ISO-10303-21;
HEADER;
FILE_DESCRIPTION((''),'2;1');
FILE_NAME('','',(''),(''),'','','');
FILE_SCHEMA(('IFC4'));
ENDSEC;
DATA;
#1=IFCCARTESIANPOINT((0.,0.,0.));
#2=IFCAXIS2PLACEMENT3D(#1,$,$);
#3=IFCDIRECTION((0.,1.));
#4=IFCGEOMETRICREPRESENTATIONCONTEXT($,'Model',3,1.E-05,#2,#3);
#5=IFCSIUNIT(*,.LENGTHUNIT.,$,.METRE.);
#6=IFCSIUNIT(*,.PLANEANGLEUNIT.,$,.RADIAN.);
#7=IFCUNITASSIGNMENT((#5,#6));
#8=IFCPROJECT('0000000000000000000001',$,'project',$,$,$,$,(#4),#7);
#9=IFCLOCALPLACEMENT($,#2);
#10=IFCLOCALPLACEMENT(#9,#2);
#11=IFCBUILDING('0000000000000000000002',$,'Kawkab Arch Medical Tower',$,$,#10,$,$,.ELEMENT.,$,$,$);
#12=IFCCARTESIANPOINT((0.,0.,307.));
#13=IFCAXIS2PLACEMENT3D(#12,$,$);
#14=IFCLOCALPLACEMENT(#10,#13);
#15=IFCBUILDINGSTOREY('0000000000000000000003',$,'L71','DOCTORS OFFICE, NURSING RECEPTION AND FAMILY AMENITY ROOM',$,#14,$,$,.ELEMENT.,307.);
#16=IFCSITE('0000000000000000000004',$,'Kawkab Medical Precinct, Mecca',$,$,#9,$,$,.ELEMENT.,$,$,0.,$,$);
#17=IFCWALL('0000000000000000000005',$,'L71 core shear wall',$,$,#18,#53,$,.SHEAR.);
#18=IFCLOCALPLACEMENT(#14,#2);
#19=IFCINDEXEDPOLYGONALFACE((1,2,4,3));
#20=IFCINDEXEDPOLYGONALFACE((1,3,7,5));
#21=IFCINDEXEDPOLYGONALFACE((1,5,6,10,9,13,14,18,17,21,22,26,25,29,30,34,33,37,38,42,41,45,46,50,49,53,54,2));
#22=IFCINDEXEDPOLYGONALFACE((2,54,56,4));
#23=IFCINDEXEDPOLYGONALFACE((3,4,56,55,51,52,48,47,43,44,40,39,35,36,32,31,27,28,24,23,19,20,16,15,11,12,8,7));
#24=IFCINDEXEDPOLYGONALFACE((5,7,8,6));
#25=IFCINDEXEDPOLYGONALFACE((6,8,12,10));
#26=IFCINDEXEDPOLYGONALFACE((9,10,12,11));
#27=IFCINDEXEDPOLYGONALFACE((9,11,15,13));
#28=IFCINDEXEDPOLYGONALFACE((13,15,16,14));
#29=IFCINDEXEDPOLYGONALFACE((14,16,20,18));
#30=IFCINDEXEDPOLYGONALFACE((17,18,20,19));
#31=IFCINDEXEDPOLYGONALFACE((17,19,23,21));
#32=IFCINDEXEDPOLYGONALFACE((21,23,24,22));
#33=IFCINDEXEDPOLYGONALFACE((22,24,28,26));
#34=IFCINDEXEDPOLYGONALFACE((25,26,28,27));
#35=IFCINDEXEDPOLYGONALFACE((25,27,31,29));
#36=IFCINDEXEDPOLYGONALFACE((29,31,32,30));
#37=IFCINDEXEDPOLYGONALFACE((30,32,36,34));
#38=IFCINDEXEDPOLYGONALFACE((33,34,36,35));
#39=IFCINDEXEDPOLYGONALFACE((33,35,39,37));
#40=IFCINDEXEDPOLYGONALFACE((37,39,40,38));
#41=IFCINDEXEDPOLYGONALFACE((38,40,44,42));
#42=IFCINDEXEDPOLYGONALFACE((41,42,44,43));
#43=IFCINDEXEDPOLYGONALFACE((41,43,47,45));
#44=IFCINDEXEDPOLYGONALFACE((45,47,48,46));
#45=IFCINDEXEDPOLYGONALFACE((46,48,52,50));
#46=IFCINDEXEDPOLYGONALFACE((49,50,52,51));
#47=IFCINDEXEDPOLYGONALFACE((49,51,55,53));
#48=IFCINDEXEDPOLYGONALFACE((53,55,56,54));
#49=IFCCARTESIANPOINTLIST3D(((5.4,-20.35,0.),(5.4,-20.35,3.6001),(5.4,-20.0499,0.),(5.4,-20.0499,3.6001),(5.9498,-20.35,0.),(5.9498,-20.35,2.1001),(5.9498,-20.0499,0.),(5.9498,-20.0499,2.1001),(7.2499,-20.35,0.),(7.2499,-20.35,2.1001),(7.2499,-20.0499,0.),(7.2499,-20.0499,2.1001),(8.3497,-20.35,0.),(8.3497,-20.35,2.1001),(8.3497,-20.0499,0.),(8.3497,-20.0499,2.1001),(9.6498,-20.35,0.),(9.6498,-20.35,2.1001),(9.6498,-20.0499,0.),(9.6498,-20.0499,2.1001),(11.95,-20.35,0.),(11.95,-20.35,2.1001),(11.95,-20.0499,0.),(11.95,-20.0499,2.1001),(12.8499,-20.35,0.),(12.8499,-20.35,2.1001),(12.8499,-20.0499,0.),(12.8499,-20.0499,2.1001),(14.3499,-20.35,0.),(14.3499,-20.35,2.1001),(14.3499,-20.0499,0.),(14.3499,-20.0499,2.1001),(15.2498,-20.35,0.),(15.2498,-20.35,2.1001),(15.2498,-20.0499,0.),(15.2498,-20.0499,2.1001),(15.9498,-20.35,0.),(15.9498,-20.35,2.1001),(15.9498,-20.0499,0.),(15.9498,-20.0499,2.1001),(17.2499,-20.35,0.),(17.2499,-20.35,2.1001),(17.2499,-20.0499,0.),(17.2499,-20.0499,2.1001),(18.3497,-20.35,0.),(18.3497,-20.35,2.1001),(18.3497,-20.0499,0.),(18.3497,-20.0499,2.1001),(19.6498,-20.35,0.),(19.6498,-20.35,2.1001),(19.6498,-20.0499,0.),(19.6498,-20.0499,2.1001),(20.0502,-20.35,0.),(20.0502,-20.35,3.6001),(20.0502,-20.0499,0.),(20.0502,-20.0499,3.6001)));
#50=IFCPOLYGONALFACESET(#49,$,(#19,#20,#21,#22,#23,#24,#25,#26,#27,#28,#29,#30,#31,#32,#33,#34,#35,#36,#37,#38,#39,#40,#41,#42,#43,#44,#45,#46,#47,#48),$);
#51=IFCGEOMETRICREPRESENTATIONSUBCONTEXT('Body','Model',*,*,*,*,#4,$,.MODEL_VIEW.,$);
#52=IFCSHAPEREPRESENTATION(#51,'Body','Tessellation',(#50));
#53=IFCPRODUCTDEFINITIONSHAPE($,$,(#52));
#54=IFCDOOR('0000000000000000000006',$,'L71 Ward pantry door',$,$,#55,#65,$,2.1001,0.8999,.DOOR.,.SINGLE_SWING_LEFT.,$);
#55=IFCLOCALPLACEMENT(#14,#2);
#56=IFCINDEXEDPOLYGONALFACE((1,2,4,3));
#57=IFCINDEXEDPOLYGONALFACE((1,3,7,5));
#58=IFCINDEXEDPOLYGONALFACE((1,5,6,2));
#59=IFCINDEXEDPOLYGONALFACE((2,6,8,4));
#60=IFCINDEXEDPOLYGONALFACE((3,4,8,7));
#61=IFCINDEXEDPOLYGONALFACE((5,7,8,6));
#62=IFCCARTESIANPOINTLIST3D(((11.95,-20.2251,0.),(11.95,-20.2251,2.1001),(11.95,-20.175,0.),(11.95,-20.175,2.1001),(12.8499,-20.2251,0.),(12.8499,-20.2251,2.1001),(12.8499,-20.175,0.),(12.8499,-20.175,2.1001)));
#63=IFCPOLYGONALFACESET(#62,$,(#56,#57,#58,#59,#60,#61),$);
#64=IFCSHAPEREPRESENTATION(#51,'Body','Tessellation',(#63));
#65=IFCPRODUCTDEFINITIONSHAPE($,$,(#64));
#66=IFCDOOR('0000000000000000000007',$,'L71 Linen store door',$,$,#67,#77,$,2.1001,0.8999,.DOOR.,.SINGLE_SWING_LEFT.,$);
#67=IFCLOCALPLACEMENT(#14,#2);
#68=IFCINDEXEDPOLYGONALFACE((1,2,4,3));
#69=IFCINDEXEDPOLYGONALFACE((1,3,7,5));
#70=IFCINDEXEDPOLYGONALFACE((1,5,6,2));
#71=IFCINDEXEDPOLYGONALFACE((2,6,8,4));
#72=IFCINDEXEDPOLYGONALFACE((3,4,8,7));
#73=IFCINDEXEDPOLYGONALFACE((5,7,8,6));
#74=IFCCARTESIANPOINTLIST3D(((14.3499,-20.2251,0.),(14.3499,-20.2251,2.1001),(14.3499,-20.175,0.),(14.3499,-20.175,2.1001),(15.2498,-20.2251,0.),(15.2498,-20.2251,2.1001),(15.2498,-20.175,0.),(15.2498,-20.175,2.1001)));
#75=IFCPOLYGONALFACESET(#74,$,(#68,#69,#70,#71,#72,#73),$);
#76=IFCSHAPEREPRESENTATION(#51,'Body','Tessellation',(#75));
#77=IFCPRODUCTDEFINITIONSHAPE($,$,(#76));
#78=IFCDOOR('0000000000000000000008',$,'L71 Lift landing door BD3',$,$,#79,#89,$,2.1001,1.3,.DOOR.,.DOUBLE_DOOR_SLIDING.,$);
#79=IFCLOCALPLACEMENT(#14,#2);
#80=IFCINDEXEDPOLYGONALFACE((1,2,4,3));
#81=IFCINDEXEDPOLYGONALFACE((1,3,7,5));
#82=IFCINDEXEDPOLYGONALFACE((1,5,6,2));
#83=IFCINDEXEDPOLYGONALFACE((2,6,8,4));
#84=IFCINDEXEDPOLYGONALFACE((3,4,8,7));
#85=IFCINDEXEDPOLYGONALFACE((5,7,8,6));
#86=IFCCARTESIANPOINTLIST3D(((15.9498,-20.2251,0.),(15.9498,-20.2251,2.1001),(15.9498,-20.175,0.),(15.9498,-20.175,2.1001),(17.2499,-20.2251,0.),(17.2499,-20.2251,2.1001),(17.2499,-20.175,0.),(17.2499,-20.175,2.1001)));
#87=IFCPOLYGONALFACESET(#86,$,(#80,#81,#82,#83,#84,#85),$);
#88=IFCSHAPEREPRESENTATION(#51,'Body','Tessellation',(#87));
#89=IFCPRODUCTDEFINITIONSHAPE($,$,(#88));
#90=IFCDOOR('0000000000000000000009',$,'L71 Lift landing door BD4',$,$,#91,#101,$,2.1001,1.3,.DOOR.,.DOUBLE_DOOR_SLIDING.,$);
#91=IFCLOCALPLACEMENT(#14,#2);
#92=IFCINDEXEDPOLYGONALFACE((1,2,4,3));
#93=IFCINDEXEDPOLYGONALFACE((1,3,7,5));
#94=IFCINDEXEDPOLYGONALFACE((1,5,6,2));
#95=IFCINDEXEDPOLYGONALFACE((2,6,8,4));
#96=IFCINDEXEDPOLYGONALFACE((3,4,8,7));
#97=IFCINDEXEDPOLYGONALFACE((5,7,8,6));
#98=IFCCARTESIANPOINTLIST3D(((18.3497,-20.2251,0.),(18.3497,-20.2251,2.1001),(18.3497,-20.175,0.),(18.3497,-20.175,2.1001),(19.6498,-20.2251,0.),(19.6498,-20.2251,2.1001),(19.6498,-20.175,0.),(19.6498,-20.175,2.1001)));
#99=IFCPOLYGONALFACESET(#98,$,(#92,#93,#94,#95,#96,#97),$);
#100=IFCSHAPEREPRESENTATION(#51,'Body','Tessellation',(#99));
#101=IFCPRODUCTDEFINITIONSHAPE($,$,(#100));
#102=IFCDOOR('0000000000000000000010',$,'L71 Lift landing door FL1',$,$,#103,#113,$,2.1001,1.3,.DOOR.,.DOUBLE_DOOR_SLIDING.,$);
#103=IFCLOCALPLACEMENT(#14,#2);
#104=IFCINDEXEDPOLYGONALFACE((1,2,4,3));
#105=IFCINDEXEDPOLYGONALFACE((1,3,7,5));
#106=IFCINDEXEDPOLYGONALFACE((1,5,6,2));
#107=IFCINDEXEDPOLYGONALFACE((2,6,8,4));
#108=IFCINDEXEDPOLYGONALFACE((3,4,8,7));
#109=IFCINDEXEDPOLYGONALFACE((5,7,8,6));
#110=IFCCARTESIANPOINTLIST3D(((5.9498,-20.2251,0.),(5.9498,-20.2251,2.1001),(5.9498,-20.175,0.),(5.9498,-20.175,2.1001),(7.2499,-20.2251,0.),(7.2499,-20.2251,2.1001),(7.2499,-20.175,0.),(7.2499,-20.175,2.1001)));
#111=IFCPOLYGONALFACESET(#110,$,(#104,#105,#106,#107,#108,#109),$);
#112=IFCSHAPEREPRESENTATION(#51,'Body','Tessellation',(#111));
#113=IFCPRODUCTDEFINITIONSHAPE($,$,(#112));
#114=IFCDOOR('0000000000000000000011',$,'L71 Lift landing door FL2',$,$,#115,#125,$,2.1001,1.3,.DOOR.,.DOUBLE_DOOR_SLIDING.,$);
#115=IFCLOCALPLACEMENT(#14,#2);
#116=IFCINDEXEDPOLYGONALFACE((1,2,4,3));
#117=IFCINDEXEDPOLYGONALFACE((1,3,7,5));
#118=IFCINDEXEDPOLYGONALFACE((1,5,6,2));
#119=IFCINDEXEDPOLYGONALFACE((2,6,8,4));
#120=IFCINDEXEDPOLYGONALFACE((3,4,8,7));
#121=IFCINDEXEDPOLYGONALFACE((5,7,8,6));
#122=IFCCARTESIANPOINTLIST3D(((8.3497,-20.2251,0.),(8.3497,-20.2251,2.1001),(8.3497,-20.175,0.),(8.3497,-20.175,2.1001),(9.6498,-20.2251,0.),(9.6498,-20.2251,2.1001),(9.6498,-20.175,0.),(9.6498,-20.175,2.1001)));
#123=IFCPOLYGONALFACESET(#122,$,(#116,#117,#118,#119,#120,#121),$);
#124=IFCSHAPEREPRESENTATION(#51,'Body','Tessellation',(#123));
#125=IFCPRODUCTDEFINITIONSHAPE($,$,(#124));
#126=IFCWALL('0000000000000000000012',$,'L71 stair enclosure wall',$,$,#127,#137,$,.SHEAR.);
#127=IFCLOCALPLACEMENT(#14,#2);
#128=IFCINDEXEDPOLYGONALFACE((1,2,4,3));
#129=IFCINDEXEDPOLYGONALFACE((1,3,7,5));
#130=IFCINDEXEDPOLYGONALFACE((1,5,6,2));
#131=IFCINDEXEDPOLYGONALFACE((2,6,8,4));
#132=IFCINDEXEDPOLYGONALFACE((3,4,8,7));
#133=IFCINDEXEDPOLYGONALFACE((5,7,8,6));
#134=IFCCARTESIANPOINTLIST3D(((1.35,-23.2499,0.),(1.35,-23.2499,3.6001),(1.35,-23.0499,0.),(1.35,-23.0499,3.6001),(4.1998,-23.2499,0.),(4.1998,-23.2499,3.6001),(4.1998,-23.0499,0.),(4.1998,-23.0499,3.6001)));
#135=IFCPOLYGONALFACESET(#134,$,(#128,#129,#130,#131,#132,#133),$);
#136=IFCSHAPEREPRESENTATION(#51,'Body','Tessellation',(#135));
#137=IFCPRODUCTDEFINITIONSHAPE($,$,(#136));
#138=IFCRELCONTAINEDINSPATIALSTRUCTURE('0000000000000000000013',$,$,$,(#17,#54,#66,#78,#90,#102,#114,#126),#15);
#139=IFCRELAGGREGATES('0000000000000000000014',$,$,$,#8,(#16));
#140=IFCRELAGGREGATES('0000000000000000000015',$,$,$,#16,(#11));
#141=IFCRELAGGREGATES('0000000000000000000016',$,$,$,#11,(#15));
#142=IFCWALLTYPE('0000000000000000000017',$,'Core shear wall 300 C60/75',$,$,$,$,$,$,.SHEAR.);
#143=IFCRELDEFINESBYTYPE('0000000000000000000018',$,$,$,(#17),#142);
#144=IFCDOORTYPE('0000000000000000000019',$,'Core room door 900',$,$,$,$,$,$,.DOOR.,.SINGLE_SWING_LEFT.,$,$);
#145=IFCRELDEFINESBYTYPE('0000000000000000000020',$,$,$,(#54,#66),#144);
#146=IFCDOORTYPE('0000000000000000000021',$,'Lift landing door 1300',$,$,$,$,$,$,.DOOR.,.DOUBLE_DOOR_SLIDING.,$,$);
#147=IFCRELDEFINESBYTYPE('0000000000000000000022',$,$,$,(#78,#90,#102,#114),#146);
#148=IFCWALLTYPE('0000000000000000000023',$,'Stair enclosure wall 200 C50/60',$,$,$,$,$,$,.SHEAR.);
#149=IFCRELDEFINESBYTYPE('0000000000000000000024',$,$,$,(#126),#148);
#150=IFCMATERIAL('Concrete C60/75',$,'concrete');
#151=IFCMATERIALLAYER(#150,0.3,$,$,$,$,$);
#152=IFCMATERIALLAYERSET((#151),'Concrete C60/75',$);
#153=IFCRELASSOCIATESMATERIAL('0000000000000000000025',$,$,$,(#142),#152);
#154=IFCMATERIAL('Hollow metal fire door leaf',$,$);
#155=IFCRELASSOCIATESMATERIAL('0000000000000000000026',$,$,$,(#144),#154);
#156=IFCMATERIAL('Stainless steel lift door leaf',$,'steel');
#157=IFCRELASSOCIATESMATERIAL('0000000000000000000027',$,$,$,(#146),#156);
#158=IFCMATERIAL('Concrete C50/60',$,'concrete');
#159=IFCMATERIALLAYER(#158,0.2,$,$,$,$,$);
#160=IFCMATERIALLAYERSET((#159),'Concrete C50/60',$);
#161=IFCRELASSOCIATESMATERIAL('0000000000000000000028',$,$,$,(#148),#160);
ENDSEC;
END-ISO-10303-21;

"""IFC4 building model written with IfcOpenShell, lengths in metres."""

from ifc_helpers import new_model, si_unit, direction, frame, frame_2d, origin, place, context, subcontext, project, spatial, rectangle, extrude, material, layer, layer_set, type_object, element, fill, save


model = new_model("IFC4")

# Units and contexts
model_context = context("Model", 3, precision=1e-05, world=origin(), true_north=direction((0.0, 1.0)))
body_context = subcontext(model_context, "Body", "Model", "MODEL_VIEW")
ifc_project = project(units=[si_unit("LENGTHUNIT", "METRE"), si_unit("PLANEANGLEUNIT", "RADIAN")], contexts=[model_context])

# Site, building, storey
site_placement = place(None, origin())
site = spatial("IfcSite", under=ifc_project, at=site_placement, Name="Kawkab Medical Precinct, Mecca", CompositionType="ELEMENT", RefElevation=0.0)
building_placement = place(site_placement, origin())
building = spatial("IfcBuilding", under=site, at=building_placement, Name="Kawkab Arch Medical Tower", CompositionType="ELEMENT")
storey_placement = place(building_placement, frame((0.0, 0.0, 307.0)))
storey = spatial("IfcBuildingStorey", under=building, at=storey_placement, Name="L71", Description="DOCTORS OFFICE, NURSING RECEPTION AND FAMILY AMENITY ROOM", CompositionType="ELEMENT", Elevation=307.0)

# Wall, openings, doors
ifc_material_1 = material(Name="Concrete C60/75", Category="concrete")
ifc_layer_1 = layer(ifc_material_1, 0.3)
ifc_layer_set_1 = layer_set([ifc_layer_1], Name="Concrete C60/75")
wall_type_1 = type_object("IfcWallType", Name="Core shear wall 300 C60/75", PredefinedType="SHEAR", material=ifc_layer_set_1)
wall_1_placement = place(storey_placement, frame((5.3999, -20.2, 0.0), z_axis=(0.0, 0.0, 1.0), x_axis=(1.0, 0.0, 0.0)))
wall_1 = element("IfcWall", 1, at=wall_1_placement, inside=storey, type_object=wall_type_1, Name="L71 core shear wall", PredefinedType="SHEAR", context=body_context, shape_type="SweptSolid", body=[
    extrude(rectangle(XDim=14.6501, YDim=0.3, at=frame_2d((7.3252, 0.0))), origin(), (0.0, 0.0, 1.0), 3.6001),
])
opening_1_placement = place(wall_1_placement, frame((10.55, 0.0, 0.0)))
opening_1 = element("IfcOpeningElement", 2, at=opening_1_placement, cuts=wall_1, PredefinedType="OPENING", context=body_context, shape_type="SweptSolid", body=[
    extrude(rectangle(XDim=1.3, YDim=2.1001, at=frame_2d((0.6499, 1.05))), frame((0.0, 0.1599, 0.0), z_axis=(0.0, -1.0, 0.0), x_axis=(1.0, 0.0, 0.0)), (0.0, 0.0, 1.0), 0.3201),
])
opening_2_placement = place(wall_1_placement, frame((12.95, 0.0, 0.0)))
opening_2 = element("IfcOpeningElement", 3, at=opening_2_placement, cuts=wall_1, PredefinedType="OPENING", context=body_context, shape_type="SweptSolid", body=[
    extrude(rectangle(XDim=1.3, YDim=2.1001, at=frame_2d((0.6499, 1.05))), frame((0.0, 0.1599, 0.0), z_axis=(0.0, -1.0, 0.0), x_axis=(1.0, 0.0, 0.0)), (0.0, 0.0, 1.0), 0.3201),
])
opening_3_placement = place(wall_1_placement, frame((0.55, 0.0, 0.0)))
opening_3 = element("IfcOpeningElement", 4, at=opening_3_placement, cuts=wall_1, PredefinedType="OPENING", context=body_context, shape_type="SweptSolid", body=[
    extrude(rectangle(XDim=1.3, YDim=2.1001, at=frame_2d((0.6499, 1.05))), frame((0.0, 0.1599, 0.0), z_axis=(0.0, -1.0, 0.0), x_axis=(1.0, 0.0, 0.0)), (0.0, 0.0, 1.0), 0.3201),
])
opening_4_placement = place(wall_1_placement, frame((2.95, 0.0, 0.0)))
opening_4 = element("IfcOpeningElement", 5, at=opening_4_placement, cuts=wall_1, PredefinedType="OPENING", context=body_context, shape_type="SweptSolid", body=[
    extrude(rectangle(XDim=1.3, YDim=2.1001, at=frame_2d((0.6499, 1.05))), frame((0.0, 0.1599, 0.0), z_axis=(0.0, -1.0, 0.0), x_axis=(1.0, 0.0, 0.0)), (0.0, 0.0, 1.0), 0.3201),
])
opening_5_placement = place(wall_1_placement, frame((6.55, 0.0, 0.0)))
opening_5 = element("IfcOpeningElement", 6, at=opening_5_placement, cuts=wall_1, PredefinedType="OPENING", context=body_context, shape_type="SweptSolid", body=[
    extrude(rectangle(XDim=0.8999, YDim=2.1001, at=frame_2d((0.45, 1.05))), frame((0.0, 0.1599, 0.0), z_axis=(0.0, -1.0, 0.0), x_axis=(1.0, 0.0, 0.0)), (0.0, 0.0, 1.0), 0.3201),
])
opening_6_placement = place(wall_1_placement, frame((8.95, 0.0, 0.0)))
opening_6 = element("IfcOpeningElement", 7, at=opening_6_placement, cuts=wall_1, PredefinedType="OPENING", context=body_context, shape_type="SweptSolid", body=[
    extrude(rectangle(XDim=0.8999, YDim=2.1001, at=frame_2d((0.45, 1.05))), frame((0.0, 0.1599, 0.0), z_axis=(0.0, -1.0, 0.0), x_axis=(1.0, 0.0, 0.0)), (0.0, 0.0, 1.0), 0.3201),
])
ifc_material_2 = material(Name="Hollow metal fire door leaf")
door_type_1 = type_object("IfcDoorType", Name="Core room door 900", OperationType="SINGLE_SWING_LEFT", PredefinedType="DOOR", material=ifc_material_2)
door_1_placement = place(opening_5_placement, origin())
door_1 = element("IfcDoor", 8, at=door_1_placement, inside=storey, type_object=door_type_1, Name="L71 Ward pantry door", OperationType="SINGLE_SWING_LEFT", OverallHeight=2.1001, OverallWidth=0.8999, PredefinedType="DOOR", context=body_context, shape_type="SweptSolid", body=[
    extrude(rectangle(XDim=0.8999, YDim=2.1001, at=frame_2d((0.45, 1.05))), frame((0.0, 0.0249, 0.0), z_axis=(0.0, -1.0, 0.0), x_axis=(1.0, 0.0, 0.0)), (0.0, 0.0, 1.0), 0.05),
])
fill(opening_5, door_1)
door_2_placement = place(opening_6_placement, origin())
door_2 = element("IfcDoor", 9, at=door_2_placement, inside=storey, type_object=door_type_1, Name="L71 Linen store door", OperationType="SINGLE_SWING_LEFT", OverallHeight=2.1001, OverallWidth=0.8999, PredefinedType="DOOR", context=body_context, shape_type="SweptSolid", body=[
    extrude(rectangle(XDim=0.8999, YDim=2.1001, at=frame_2d((0.45, 1.05))), frame((0.0, 0.0249, 0.0), z_axis=(0.0, -1.0, 0.0), x_axis=(1.0, 0.0, 0.0)), (0.0, 0.0, 1.0), 0.05),
])
fill(opening_6, door_2)
ifc_material_3 = material(Name="Stainless steel lift door leaf", Category="steel")
door_type_2 = type_object("IfcDoorType", Name="Lift landing door 1300", OperationType="DOUBLE_DOOR_SLIDING", PredefinedType="DOOR", material=ifc_material_3)
door_3_placement = place(opening_1_placement, origin())
door_3 = element("IfcDoor", 10, at=door_3_placement, inside=storey, type_object=door_type_2, Name="L71 Lift landing door BD3", OperationType="DOUBLE_DOOR_SLIDING", OverallHeight=2.1001, OverallWidth=1.3, PredefinedType="DOOR", context=body_context, shape_type="SweptSolid", body=[
    extrude(rectangle(XDim=1.3, YDim=2.1001, at=frame_2d((0.6499, 1.05))), frame((0.0, 0.0249, 0.0), z_axis=(0.0, -1.0, 0.0), x_axis=(1.0, 0.0, 0.0)), (0.0, 0.0, 1.0), 0.05),
])
fill(opening_1, door_3)
door_4_placement = place(opening_2_placement, origin())
door_4 = element("IfcDoor", 11, at=door_4_placement, inside=storey, type_object=door_type_2, Name="L71 Lift landing door BD4", OperationType="DOUBLE_DOOR_SLIDING", OverallHeight=2.1001, OverallWidth=1.3, PredefinedType="DOOR", context=body_context, shape_type="SweptSolid", body=[
    extrude(rectangle(XDim=1.3, YDim=2.1001, at=frame_2d((0.6499, 1.05))), frame((0.0, 0.0249, 0.0), z_axis=(0.0, -1.0, 0.0), x_axis=(1.0, 0.0, 0.0)), (0.0, 0.0, 1.0), 0.05),
])
fill(opening_2, door_4)
door_5_placement = place(opening_3_placement, origin())
door_5 = element("IfcDoor", 12, at=door_5_placement, inside=storey, type_object=door_type_2, Name="L71 Lift landing door FL1", OperationType="DOUBLE_DOOR_SLIDING", OverallHeight=2.1001, OverallWidth=1.3, PredefinedType="DOOR", context=body_context, shape_type="SweptSolid", body=[
    extrude(rectangle(XDim=1.3, YDim=2.1001, at=frame_2d((0.6499, 1.05))), frame((0.0, 0.0249, 0.0), z_axis=(0.0, -1.0, 0.0), x_axis=(1.0, 0.0, 0.0)), (0.0, 0.0, 1.0), 0.05),
])
fill(opening_3, door_5)
door_6_placement = place(opening_4_placement, origin())
door_6 = element("IfcDoor", 13, at=door_6_placement, inside=storey, type_object=door_type_2, Name="L71 Lift landing door FL2", OperationType="DOUBLE_DOOR_SLIDING", OverallHeight=2.1001, OverallWidth=1.3, PredefinedType="DOOR", context=body_context, shape_type="SweptSolid", body=[
    extrude(rectangle(XDim=1.3, YDim=2.1001, at=frame_2d((0.6499, 1.05))), frame((0.0, 0.0249, 0.0), z_axis=(0.0, -1.0, 0.0), x_axis=(1.0, 0.0, 0.0)), (0.0, 0.0, 1.0), 0.05),
])
fill(opening_4, door_6)

# Wall
ifc_material_4 = material(Name="Concrete C50/60", Category="concrete")
ifc_layer_2 = layer(ifc_material_4, 0.2)
ifc_layer_set_2 = layer_set([ifc_layer_2], Name="Concrete C50/60")
wall_type_2 = type_object("IfcWallType", Name="Stair enclosure wall 200 C50/60", PredefinedType="SHEAR", material=ifc_layer_set_2)
wall_2_placement = place(storey_placement, frame((1.3501, -23.1499, 0.0), z_axis=(0.0, 0.0, 1.0), x_axis=(1.0, 0.0, 0.0)))
element("IfcWall", 14, at=wall_2_placement, inside=storey, type_object=wall_type_2, Name="L71 stair enclosure wall", PredefinedType="SHEAR", context=body_context, shape_type="SweptSolid", body=[
    extrude(rectangle(XDim=2.8499, YDim=0.2, at=frame_2d((1.4248, 0.0))), origin(), (0.0, 0.0, 1.0), 3.6001),
])

save(model, "model.ifc")
